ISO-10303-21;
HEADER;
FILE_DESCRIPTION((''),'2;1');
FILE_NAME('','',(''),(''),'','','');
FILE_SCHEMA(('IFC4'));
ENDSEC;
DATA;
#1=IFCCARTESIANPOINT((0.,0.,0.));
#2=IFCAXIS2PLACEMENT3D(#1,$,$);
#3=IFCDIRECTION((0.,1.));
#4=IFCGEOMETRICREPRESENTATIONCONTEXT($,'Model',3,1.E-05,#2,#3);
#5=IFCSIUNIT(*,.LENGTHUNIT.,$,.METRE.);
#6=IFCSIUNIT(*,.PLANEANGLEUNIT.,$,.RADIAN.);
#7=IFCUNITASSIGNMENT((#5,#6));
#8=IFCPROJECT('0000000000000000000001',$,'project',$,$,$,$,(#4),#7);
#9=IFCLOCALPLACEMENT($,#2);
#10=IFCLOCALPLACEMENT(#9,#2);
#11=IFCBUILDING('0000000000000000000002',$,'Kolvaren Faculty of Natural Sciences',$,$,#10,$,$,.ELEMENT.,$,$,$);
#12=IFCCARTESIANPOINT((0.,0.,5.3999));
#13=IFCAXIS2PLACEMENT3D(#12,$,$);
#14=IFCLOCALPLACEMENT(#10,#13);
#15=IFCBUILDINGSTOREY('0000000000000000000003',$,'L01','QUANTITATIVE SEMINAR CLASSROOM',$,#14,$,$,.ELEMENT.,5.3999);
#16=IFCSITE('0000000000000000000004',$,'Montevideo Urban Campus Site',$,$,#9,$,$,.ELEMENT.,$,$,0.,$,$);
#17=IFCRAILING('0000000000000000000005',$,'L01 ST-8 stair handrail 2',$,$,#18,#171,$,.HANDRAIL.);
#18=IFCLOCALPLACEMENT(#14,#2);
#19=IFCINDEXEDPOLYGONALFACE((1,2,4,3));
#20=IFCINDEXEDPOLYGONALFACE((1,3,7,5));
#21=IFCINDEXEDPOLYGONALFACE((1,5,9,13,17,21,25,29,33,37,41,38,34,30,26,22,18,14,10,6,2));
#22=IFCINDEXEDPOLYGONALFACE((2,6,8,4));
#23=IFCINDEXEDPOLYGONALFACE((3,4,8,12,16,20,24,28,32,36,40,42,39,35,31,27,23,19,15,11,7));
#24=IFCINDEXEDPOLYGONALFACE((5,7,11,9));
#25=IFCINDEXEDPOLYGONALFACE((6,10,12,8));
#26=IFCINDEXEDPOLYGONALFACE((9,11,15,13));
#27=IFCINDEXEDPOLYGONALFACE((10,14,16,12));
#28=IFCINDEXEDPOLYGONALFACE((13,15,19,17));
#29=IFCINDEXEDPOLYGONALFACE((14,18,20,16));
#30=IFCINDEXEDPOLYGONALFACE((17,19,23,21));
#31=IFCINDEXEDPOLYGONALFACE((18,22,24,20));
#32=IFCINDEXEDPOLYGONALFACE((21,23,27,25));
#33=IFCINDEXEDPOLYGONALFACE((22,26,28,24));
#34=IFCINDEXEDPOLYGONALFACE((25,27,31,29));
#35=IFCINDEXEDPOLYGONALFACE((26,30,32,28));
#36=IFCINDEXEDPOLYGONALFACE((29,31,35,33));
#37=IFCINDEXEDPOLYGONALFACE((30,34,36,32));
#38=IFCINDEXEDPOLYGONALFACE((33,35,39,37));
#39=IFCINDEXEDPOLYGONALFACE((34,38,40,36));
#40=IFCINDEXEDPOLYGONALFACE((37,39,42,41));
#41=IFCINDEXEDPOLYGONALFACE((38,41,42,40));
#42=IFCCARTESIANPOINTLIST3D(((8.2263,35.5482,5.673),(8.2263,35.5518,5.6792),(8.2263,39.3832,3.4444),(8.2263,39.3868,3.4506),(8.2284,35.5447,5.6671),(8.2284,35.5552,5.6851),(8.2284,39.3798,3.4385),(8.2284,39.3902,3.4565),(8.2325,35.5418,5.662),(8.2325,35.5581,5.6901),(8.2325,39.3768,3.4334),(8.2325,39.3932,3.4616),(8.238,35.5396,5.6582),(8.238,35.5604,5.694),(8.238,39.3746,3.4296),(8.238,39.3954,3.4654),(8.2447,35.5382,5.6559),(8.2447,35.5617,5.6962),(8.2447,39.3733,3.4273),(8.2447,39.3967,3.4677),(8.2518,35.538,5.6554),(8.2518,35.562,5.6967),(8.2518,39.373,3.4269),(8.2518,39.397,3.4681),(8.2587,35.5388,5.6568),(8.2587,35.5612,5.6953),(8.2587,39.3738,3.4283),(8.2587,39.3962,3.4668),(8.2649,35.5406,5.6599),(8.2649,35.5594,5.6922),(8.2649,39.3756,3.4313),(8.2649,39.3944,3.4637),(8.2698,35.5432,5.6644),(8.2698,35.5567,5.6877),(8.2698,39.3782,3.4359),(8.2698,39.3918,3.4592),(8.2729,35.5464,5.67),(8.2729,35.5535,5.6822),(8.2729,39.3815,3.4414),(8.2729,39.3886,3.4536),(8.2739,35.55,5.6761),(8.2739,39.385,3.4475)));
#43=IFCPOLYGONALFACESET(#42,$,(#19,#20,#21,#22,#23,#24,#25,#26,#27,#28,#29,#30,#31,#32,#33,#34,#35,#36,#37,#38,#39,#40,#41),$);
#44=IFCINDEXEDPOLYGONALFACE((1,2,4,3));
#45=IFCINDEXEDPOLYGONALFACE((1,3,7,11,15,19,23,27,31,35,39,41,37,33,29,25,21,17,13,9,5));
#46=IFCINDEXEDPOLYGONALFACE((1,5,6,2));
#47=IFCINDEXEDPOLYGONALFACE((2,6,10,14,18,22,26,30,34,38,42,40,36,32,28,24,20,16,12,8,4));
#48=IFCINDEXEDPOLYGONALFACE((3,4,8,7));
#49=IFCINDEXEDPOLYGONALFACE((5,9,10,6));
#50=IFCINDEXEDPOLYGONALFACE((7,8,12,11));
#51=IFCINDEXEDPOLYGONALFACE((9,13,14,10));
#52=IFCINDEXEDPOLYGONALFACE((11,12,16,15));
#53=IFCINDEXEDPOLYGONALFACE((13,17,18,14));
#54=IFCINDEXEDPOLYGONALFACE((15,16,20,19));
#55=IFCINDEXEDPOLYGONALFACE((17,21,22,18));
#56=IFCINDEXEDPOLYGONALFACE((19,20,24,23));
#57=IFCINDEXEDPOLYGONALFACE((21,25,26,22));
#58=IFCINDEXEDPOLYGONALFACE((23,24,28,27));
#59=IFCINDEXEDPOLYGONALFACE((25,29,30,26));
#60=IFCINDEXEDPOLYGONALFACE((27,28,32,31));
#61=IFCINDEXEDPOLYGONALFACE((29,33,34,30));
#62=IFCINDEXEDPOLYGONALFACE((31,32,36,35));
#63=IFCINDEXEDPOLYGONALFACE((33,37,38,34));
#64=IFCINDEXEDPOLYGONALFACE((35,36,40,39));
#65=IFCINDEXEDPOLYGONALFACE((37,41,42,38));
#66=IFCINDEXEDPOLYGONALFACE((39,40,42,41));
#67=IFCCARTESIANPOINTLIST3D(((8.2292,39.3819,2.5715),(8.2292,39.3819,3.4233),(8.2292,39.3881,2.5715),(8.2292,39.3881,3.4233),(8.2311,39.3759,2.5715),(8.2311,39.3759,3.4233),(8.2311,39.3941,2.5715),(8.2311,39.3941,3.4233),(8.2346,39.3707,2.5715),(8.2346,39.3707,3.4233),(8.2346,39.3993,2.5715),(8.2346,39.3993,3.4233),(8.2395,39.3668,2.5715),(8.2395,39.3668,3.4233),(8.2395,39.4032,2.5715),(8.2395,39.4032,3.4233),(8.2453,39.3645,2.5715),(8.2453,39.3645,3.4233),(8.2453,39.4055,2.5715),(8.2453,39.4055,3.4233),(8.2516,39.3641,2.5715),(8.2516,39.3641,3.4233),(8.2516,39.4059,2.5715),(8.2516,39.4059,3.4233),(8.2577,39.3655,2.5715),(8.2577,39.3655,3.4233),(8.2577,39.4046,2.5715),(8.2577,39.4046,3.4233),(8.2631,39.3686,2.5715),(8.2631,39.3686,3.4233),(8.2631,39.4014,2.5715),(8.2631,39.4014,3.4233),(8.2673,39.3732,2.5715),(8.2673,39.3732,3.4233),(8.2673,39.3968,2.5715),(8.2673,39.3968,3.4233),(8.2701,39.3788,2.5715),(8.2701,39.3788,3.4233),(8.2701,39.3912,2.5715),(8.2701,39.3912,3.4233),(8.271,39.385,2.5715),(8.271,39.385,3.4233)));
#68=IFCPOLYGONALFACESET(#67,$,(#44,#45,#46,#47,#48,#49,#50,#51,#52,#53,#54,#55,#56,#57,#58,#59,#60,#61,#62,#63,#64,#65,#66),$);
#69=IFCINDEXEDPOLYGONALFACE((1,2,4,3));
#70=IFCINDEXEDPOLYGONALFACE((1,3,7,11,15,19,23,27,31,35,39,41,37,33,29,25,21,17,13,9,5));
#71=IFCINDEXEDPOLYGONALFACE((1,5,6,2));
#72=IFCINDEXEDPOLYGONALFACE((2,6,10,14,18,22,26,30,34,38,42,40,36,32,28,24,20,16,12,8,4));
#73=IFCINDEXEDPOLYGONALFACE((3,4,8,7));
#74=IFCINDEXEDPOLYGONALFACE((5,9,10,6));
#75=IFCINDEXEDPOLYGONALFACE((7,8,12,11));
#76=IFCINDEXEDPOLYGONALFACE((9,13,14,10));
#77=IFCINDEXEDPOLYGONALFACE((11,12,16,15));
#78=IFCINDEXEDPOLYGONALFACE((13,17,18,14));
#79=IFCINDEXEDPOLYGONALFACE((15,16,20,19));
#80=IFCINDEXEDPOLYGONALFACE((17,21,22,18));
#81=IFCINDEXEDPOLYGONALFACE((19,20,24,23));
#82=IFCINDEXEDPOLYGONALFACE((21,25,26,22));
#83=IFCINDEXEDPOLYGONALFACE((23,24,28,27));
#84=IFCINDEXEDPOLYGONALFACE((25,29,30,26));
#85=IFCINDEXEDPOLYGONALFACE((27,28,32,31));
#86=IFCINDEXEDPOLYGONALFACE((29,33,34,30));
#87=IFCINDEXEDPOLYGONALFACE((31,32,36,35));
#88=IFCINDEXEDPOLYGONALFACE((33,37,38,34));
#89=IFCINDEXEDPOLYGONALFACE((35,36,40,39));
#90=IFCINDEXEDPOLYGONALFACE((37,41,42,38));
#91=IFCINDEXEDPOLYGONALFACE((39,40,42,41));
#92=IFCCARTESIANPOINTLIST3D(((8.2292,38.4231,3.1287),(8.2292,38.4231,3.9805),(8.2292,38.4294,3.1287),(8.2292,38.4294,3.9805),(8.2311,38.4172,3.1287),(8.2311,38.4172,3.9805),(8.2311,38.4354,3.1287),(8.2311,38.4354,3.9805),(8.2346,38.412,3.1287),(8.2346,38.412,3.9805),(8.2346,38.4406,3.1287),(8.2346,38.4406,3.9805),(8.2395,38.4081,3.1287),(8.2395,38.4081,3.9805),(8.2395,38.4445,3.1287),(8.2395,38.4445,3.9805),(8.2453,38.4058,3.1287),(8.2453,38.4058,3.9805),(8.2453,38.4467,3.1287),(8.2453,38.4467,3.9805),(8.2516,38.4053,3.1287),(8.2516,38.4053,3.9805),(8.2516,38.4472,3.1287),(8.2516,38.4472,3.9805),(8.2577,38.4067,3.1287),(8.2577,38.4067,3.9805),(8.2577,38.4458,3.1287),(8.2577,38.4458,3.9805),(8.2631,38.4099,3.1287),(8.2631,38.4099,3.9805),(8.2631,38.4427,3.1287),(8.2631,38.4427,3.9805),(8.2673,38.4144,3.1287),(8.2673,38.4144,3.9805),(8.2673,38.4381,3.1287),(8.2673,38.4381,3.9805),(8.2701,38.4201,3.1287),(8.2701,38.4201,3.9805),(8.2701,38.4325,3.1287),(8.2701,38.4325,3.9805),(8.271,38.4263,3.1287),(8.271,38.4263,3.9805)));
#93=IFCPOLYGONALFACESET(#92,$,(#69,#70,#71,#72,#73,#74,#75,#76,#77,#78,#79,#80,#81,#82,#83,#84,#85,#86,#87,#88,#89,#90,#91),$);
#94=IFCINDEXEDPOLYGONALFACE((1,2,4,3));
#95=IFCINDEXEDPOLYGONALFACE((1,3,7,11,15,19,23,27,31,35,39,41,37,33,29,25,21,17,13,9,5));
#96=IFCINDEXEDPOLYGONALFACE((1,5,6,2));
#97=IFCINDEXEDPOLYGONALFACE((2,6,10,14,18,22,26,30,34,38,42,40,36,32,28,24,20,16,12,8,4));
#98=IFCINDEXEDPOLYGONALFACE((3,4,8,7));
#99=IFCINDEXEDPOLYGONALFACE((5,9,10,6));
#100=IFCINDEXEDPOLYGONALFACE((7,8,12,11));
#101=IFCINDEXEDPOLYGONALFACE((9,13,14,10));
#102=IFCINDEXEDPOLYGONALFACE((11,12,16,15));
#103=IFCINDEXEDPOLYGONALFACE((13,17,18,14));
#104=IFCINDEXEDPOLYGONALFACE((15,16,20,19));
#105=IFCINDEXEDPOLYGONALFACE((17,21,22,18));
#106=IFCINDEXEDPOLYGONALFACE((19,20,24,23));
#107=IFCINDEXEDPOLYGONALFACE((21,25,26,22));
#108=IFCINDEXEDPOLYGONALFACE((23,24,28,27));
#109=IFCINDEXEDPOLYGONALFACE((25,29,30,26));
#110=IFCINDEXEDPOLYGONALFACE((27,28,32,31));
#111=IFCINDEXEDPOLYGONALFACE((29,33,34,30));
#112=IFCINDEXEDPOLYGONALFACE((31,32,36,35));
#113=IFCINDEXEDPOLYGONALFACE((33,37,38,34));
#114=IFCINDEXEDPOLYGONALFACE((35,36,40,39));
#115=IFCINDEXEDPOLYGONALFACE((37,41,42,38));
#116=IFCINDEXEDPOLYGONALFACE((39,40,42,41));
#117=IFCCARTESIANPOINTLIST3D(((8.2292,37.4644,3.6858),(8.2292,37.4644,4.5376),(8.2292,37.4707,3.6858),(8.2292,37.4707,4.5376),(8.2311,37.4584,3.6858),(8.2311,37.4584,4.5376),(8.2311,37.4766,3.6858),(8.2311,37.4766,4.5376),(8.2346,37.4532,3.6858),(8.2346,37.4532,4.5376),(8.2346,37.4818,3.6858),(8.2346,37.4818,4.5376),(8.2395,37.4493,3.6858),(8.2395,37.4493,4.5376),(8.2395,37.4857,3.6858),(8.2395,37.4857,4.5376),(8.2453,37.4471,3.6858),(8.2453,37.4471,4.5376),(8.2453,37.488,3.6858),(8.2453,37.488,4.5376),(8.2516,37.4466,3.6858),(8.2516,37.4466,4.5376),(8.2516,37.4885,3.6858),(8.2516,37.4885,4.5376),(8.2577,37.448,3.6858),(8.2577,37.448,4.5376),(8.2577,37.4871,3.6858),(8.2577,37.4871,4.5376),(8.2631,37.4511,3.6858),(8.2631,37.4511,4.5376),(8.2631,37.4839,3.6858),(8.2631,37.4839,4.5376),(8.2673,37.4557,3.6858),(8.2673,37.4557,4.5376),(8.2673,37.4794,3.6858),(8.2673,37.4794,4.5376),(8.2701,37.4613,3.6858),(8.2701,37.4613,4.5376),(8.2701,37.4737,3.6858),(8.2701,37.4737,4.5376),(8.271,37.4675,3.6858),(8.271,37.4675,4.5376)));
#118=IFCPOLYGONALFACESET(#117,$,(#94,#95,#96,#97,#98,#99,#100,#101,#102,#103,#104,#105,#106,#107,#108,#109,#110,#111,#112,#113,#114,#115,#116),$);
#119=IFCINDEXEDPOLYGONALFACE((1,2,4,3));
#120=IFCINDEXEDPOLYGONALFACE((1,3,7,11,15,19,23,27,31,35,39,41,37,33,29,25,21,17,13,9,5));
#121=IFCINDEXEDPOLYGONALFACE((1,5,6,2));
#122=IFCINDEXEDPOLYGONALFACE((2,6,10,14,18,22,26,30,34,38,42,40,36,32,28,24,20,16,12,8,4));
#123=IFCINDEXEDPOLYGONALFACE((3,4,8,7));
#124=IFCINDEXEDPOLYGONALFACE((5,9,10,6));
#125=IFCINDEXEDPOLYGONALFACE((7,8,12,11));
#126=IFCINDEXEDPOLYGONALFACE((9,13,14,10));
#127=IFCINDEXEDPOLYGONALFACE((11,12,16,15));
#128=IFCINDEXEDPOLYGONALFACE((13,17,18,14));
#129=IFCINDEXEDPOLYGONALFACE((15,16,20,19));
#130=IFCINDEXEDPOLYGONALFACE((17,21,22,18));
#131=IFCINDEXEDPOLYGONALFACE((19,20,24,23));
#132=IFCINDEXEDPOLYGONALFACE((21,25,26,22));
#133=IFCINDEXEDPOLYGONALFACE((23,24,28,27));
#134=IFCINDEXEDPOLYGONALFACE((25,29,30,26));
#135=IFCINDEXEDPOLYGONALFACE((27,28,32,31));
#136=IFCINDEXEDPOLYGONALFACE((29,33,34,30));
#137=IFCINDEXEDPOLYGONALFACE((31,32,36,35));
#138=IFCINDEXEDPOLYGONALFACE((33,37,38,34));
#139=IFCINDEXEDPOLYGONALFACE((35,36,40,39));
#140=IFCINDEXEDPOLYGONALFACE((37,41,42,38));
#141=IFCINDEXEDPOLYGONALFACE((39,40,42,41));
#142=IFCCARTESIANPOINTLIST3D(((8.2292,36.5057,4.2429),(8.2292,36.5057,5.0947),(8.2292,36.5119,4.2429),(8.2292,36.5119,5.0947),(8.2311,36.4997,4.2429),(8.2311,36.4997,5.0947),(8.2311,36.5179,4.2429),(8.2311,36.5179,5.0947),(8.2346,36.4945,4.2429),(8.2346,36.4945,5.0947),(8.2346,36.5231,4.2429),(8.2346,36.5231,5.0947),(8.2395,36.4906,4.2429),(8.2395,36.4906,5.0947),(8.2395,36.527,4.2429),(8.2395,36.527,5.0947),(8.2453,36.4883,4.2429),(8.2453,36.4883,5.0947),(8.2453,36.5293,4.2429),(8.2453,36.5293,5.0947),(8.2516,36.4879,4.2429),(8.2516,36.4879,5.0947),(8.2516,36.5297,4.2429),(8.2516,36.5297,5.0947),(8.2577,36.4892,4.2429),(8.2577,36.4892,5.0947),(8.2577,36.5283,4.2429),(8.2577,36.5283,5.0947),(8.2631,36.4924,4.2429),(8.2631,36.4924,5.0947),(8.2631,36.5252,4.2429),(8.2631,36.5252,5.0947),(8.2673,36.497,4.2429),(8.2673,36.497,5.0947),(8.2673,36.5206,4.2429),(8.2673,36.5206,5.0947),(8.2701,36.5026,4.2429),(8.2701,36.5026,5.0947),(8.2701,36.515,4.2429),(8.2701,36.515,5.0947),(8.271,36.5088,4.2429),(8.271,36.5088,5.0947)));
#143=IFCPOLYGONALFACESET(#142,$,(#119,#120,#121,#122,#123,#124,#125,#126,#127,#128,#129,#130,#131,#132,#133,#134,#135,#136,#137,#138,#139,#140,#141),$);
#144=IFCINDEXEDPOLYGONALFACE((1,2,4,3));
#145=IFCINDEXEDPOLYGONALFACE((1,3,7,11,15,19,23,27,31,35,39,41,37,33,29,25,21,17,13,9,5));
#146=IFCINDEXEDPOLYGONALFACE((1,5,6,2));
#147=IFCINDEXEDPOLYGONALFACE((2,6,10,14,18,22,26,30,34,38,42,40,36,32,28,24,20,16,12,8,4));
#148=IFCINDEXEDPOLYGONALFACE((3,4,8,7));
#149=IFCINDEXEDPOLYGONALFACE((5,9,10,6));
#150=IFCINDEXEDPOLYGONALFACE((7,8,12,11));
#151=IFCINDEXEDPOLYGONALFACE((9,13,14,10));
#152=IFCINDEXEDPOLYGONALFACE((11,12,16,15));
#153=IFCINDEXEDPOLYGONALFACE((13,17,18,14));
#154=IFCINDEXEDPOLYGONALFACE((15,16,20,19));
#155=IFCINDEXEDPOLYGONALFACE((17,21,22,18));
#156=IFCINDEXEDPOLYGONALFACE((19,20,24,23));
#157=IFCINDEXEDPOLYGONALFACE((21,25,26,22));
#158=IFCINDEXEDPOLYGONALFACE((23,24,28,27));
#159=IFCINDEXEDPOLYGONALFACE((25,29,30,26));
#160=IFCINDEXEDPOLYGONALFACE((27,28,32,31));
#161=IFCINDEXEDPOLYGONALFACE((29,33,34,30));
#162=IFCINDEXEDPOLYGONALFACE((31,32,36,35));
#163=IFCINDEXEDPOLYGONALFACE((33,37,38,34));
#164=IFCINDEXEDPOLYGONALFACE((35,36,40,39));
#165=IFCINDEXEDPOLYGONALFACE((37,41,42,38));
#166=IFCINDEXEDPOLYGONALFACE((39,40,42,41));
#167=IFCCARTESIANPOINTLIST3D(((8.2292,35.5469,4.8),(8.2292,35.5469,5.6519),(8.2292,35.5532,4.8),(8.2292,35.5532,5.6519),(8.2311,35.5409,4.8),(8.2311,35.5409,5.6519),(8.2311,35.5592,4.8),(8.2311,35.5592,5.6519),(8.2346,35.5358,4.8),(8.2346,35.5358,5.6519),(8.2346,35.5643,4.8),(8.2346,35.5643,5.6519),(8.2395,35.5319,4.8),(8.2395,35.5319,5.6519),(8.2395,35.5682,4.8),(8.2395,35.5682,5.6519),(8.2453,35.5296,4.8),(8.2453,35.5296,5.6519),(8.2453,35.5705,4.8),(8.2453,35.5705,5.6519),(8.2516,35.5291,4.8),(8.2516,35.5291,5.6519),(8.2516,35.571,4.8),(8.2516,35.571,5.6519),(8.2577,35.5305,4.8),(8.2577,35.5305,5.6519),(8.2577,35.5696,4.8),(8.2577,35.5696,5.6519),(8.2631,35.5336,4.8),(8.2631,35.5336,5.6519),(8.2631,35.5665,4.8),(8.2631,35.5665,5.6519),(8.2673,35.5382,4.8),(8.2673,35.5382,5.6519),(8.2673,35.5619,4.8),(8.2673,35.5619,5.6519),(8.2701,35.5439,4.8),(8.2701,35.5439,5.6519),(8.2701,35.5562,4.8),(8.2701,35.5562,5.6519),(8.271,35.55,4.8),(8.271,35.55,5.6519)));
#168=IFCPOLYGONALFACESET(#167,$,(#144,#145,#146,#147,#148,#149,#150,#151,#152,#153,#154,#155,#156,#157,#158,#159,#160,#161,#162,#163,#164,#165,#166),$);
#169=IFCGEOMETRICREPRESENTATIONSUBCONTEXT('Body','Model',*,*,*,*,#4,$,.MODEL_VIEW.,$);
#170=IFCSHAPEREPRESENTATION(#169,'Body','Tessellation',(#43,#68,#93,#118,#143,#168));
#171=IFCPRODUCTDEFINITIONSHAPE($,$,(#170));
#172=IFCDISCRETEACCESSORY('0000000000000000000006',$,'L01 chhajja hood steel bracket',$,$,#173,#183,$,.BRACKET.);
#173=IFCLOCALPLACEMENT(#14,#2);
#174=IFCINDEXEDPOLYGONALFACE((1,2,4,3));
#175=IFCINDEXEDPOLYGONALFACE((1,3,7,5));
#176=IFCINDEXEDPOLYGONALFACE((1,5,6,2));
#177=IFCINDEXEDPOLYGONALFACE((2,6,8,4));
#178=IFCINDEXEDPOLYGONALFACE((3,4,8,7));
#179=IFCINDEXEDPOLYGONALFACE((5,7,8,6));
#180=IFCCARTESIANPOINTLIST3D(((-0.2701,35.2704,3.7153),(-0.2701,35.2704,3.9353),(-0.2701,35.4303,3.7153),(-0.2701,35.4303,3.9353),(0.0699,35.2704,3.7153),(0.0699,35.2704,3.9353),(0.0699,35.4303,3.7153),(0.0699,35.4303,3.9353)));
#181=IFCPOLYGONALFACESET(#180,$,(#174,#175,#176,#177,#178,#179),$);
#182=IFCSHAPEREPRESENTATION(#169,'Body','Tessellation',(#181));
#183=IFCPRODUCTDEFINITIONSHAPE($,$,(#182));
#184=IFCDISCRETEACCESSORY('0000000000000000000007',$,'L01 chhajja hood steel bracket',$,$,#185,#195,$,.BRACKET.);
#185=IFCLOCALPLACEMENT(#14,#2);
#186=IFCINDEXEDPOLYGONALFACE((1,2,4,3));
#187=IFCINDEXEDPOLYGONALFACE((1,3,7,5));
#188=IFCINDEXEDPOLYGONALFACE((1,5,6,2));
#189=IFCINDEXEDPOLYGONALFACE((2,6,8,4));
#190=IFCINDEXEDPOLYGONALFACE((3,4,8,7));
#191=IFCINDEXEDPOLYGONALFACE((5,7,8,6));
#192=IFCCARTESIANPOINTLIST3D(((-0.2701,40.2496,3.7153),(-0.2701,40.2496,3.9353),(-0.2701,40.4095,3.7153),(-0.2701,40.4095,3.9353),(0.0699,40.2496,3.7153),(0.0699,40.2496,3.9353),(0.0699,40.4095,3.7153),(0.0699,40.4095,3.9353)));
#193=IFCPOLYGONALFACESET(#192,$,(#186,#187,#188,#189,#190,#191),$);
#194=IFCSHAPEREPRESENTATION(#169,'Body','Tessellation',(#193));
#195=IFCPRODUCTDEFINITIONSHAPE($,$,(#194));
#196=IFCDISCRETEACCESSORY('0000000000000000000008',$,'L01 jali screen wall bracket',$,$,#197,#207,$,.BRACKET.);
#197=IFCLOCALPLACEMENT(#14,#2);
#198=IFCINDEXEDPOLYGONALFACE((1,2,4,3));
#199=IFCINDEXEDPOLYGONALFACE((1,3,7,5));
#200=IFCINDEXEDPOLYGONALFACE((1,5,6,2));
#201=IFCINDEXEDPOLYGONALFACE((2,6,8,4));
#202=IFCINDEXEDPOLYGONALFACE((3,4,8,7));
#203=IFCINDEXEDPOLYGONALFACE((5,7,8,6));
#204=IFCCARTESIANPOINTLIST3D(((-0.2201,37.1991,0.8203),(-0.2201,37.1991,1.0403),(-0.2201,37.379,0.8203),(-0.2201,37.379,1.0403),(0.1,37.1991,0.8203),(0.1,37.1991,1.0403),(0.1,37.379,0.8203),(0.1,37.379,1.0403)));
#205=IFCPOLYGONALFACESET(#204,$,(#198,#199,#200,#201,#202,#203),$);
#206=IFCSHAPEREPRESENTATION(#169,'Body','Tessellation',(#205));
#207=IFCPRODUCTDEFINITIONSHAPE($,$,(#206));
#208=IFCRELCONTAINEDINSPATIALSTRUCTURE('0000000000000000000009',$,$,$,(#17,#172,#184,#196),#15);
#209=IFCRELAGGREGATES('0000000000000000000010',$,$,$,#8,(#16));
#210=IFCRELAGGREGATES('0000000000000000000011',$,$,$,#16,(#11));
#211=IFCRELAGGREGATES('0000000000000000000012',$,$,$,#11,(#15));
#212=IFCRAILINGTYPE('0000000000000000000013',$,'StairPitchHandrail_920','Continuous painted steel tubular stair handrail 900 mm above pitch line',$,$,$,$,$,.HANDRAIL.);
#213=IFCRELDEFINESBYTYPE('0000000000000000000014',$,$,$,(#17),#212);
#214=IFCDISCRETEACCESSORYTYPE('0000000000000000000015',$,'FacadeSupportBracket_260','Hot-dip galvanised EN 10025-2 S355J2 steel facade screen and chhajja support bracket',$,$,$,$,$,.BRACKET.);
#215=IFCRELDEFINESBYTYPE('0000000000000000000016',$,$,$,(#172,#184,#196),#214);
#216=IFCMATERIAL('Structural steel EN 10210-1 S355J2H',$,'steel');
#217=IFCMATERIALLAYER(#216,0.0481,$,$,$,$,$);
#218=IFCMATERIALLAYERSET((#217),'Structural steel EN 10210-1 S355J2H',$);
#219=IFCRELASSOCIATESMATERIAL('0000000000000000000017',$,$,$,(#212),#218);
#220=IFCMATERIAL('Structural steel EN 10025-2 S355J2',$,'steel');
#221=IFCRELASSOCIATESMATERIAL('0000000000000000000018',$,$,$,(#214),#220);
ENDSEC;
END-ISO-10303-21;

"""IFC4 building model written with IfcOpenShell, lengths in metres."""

from ifc_helpers import new_model, si_unit, direction, frame, origin, origin_2d, place, context, subcontext, project, spatial, rectangle, circle, extrude, material, layer, layer_set, type_object, element, save


model = new_model("IFC4")

# Units and contexts
model_context = context("Model", 3, precision=1e-05, world=origin(), true_north=direction((0.0, 1.0)))
body_context = subcontext(model_context, "Body", "Model", "MODEL_VIEW")
ifc_project = project(units=[si_unit("LENGTHUNIT", "METRE"), si_unit("PLANEANGLEUNIT", "RADIAN")], contexts=[model_context])

# Site, building, storey
site_placement = place(None, origin())
site = spatial("IfcSite", under=ifc_project, at=site_placement, Name="Montevideo Urban Campus Site", CompositionType="ELEMENT", RefElevation=0.0)
building_placement = place(site_placement, origin())
building = spatial("IfcBuilding", under=site, at=building_placement, Name="Kolvaren Faculty of Natural Sciences", CompositionType="ELEMENT")
storey_placement = place(building_placement, frame((0.0, 0.0, 5.3999)))
storey = spatial("IfcBuildingStorey", under=building, at=storey_placement, Name="L01", Description="QUANTITATIVE SEMINAR CLASSROOM", CompositionType="ELEMENT", Elevation=5.3999)

# Railing
ifc_material_1 = material(Name="Structural steel EN 10210-1 S355J2H", Category="steel")
ifc_layer_1 = layer(ifc_material_1, 0.0481)
ifc_layer_set_1 = layer_set([ifc_layer_1], Name="Structural steel EN 10210-1 S355J2H")
railing_type = type_object("IfcRailingType", Name="StairPitchHandrail_920", Description="Continuous painted steel tubular stair handrail 900 mm above pitch line", PredefinedType="HANDRAIL", material=ifc_layer_set_1)
railing_placement = place(storey_placement, frame((8.25, 39.385, 2.5715)))
element("IfcRailing", 1, at=railing_placement, inside=storey, type_object=railing_type, Name="L01 ST-8 stair handrail 2", PredefinedType="HANDRAIL", context=body_context, shape_type="SweptSolid", body=[
    extrude(circle(Radius=0.0239, at=origin_2d()), frame((0.0, 0.0, 0.876), z_axis=(0.0, -0.864616, 0.502433), x_axis=(1.0, 0.0, 0.0)), (0.0, 0.0, 1.0), 4.4355),
    extrude(circle(Radius=0.021, at=origin_2d()), origin(), (0.0, 0.0, 1.0), 0.8518),
    extrude(circle(Radius=0.021, at=origin_2d()), frame((0.0, -0.9587, 0.5571)), (0.0, 0.0, 1.0), 0.8518),
    extrude(circle(Radius=0.021, at=origin_2d()), frame((0.0, -1.9175, 1.1143)), (0.0, 0.0, 1.0), 0.8518),
    extrude(circle(Radius=0.021, at=origin_2d()), frame((0.0, -2.8762, 1.6714)), (0.0, 0.0, 1.0), 0.8518),
    extrude(circle(Radius=0.021, at=origin_2d()), frame((0.0, -3.835, 2.2285)), (0.0, 0.0, 1.0), 0.8518),
])

# Discrete accessories
ifc_material_2 = material(Name="Structural steel EN 10025-2 S355J2", Category="steel")
discrete_accessory_type = type_object("IfcDiscreteAccessoryType", Name="FacadeSupportBracket_260", Description="Hot-dip galvanised EN 10025-2 S355J2 steel facade screen and chhajja support bracket", PredefinedType="BRACKET", material=ifc_material_2)
for number, where, z_axis, x_axis, name in (
    (2, (-0.1001, 35.3503, 3.7153), (0.0, 0.0, 1.0), (0.0, 1.0, 0.0), "L01 chhajja hood steel bracket"),
    (3, (-0.1001, 40.3296, 3.7153), (0.0, 0.0, 1.0), (0.0, 1.0, 0.0), "L01 chhajja hood steel bracket"),
):
    element("IfcDiscreteAccessory", number, at=place(storey_placement, frame(where, z_axis=z_axis, x_axis=x_axis)), inside=storey, type_object=discrete_accessory_type, Name=name, PredefinedType="BRACKET", context=body_context, shape_type="SweptSolid", body=[
        extrude(rectangle(XDim=0.1599, YDim=0.3401, at=origin_2d()), origin(), (0.0, 0.0, 1.0), 0.22),
    ])
for number, where, z_axis, x_axis, name in (
    (4, (-0.0601, 37.2891, 0.8203), (0.0, 0.0, 1.0), (0.0, 1.0, 0.0), "L01 jali screen wall bracket"),
):
    element("IfcDiscreteAccessory", number, at=place(storey_placement, frame(where, z_axis=z_axis, x_axis=x_axis)), inside=storey, type_object=discrete_accessory_type, Name=name, PredefinedType="BRACKET", context=body_context, shape_type="SweptSolid", body=[
        extrude(rectangle(XDim=0.1799, YDim=0.3201, at=origin_2d()), origin(), (0.0, 0.0, 1.0), 0.22),
    ])

save(model, "model.ifc")
